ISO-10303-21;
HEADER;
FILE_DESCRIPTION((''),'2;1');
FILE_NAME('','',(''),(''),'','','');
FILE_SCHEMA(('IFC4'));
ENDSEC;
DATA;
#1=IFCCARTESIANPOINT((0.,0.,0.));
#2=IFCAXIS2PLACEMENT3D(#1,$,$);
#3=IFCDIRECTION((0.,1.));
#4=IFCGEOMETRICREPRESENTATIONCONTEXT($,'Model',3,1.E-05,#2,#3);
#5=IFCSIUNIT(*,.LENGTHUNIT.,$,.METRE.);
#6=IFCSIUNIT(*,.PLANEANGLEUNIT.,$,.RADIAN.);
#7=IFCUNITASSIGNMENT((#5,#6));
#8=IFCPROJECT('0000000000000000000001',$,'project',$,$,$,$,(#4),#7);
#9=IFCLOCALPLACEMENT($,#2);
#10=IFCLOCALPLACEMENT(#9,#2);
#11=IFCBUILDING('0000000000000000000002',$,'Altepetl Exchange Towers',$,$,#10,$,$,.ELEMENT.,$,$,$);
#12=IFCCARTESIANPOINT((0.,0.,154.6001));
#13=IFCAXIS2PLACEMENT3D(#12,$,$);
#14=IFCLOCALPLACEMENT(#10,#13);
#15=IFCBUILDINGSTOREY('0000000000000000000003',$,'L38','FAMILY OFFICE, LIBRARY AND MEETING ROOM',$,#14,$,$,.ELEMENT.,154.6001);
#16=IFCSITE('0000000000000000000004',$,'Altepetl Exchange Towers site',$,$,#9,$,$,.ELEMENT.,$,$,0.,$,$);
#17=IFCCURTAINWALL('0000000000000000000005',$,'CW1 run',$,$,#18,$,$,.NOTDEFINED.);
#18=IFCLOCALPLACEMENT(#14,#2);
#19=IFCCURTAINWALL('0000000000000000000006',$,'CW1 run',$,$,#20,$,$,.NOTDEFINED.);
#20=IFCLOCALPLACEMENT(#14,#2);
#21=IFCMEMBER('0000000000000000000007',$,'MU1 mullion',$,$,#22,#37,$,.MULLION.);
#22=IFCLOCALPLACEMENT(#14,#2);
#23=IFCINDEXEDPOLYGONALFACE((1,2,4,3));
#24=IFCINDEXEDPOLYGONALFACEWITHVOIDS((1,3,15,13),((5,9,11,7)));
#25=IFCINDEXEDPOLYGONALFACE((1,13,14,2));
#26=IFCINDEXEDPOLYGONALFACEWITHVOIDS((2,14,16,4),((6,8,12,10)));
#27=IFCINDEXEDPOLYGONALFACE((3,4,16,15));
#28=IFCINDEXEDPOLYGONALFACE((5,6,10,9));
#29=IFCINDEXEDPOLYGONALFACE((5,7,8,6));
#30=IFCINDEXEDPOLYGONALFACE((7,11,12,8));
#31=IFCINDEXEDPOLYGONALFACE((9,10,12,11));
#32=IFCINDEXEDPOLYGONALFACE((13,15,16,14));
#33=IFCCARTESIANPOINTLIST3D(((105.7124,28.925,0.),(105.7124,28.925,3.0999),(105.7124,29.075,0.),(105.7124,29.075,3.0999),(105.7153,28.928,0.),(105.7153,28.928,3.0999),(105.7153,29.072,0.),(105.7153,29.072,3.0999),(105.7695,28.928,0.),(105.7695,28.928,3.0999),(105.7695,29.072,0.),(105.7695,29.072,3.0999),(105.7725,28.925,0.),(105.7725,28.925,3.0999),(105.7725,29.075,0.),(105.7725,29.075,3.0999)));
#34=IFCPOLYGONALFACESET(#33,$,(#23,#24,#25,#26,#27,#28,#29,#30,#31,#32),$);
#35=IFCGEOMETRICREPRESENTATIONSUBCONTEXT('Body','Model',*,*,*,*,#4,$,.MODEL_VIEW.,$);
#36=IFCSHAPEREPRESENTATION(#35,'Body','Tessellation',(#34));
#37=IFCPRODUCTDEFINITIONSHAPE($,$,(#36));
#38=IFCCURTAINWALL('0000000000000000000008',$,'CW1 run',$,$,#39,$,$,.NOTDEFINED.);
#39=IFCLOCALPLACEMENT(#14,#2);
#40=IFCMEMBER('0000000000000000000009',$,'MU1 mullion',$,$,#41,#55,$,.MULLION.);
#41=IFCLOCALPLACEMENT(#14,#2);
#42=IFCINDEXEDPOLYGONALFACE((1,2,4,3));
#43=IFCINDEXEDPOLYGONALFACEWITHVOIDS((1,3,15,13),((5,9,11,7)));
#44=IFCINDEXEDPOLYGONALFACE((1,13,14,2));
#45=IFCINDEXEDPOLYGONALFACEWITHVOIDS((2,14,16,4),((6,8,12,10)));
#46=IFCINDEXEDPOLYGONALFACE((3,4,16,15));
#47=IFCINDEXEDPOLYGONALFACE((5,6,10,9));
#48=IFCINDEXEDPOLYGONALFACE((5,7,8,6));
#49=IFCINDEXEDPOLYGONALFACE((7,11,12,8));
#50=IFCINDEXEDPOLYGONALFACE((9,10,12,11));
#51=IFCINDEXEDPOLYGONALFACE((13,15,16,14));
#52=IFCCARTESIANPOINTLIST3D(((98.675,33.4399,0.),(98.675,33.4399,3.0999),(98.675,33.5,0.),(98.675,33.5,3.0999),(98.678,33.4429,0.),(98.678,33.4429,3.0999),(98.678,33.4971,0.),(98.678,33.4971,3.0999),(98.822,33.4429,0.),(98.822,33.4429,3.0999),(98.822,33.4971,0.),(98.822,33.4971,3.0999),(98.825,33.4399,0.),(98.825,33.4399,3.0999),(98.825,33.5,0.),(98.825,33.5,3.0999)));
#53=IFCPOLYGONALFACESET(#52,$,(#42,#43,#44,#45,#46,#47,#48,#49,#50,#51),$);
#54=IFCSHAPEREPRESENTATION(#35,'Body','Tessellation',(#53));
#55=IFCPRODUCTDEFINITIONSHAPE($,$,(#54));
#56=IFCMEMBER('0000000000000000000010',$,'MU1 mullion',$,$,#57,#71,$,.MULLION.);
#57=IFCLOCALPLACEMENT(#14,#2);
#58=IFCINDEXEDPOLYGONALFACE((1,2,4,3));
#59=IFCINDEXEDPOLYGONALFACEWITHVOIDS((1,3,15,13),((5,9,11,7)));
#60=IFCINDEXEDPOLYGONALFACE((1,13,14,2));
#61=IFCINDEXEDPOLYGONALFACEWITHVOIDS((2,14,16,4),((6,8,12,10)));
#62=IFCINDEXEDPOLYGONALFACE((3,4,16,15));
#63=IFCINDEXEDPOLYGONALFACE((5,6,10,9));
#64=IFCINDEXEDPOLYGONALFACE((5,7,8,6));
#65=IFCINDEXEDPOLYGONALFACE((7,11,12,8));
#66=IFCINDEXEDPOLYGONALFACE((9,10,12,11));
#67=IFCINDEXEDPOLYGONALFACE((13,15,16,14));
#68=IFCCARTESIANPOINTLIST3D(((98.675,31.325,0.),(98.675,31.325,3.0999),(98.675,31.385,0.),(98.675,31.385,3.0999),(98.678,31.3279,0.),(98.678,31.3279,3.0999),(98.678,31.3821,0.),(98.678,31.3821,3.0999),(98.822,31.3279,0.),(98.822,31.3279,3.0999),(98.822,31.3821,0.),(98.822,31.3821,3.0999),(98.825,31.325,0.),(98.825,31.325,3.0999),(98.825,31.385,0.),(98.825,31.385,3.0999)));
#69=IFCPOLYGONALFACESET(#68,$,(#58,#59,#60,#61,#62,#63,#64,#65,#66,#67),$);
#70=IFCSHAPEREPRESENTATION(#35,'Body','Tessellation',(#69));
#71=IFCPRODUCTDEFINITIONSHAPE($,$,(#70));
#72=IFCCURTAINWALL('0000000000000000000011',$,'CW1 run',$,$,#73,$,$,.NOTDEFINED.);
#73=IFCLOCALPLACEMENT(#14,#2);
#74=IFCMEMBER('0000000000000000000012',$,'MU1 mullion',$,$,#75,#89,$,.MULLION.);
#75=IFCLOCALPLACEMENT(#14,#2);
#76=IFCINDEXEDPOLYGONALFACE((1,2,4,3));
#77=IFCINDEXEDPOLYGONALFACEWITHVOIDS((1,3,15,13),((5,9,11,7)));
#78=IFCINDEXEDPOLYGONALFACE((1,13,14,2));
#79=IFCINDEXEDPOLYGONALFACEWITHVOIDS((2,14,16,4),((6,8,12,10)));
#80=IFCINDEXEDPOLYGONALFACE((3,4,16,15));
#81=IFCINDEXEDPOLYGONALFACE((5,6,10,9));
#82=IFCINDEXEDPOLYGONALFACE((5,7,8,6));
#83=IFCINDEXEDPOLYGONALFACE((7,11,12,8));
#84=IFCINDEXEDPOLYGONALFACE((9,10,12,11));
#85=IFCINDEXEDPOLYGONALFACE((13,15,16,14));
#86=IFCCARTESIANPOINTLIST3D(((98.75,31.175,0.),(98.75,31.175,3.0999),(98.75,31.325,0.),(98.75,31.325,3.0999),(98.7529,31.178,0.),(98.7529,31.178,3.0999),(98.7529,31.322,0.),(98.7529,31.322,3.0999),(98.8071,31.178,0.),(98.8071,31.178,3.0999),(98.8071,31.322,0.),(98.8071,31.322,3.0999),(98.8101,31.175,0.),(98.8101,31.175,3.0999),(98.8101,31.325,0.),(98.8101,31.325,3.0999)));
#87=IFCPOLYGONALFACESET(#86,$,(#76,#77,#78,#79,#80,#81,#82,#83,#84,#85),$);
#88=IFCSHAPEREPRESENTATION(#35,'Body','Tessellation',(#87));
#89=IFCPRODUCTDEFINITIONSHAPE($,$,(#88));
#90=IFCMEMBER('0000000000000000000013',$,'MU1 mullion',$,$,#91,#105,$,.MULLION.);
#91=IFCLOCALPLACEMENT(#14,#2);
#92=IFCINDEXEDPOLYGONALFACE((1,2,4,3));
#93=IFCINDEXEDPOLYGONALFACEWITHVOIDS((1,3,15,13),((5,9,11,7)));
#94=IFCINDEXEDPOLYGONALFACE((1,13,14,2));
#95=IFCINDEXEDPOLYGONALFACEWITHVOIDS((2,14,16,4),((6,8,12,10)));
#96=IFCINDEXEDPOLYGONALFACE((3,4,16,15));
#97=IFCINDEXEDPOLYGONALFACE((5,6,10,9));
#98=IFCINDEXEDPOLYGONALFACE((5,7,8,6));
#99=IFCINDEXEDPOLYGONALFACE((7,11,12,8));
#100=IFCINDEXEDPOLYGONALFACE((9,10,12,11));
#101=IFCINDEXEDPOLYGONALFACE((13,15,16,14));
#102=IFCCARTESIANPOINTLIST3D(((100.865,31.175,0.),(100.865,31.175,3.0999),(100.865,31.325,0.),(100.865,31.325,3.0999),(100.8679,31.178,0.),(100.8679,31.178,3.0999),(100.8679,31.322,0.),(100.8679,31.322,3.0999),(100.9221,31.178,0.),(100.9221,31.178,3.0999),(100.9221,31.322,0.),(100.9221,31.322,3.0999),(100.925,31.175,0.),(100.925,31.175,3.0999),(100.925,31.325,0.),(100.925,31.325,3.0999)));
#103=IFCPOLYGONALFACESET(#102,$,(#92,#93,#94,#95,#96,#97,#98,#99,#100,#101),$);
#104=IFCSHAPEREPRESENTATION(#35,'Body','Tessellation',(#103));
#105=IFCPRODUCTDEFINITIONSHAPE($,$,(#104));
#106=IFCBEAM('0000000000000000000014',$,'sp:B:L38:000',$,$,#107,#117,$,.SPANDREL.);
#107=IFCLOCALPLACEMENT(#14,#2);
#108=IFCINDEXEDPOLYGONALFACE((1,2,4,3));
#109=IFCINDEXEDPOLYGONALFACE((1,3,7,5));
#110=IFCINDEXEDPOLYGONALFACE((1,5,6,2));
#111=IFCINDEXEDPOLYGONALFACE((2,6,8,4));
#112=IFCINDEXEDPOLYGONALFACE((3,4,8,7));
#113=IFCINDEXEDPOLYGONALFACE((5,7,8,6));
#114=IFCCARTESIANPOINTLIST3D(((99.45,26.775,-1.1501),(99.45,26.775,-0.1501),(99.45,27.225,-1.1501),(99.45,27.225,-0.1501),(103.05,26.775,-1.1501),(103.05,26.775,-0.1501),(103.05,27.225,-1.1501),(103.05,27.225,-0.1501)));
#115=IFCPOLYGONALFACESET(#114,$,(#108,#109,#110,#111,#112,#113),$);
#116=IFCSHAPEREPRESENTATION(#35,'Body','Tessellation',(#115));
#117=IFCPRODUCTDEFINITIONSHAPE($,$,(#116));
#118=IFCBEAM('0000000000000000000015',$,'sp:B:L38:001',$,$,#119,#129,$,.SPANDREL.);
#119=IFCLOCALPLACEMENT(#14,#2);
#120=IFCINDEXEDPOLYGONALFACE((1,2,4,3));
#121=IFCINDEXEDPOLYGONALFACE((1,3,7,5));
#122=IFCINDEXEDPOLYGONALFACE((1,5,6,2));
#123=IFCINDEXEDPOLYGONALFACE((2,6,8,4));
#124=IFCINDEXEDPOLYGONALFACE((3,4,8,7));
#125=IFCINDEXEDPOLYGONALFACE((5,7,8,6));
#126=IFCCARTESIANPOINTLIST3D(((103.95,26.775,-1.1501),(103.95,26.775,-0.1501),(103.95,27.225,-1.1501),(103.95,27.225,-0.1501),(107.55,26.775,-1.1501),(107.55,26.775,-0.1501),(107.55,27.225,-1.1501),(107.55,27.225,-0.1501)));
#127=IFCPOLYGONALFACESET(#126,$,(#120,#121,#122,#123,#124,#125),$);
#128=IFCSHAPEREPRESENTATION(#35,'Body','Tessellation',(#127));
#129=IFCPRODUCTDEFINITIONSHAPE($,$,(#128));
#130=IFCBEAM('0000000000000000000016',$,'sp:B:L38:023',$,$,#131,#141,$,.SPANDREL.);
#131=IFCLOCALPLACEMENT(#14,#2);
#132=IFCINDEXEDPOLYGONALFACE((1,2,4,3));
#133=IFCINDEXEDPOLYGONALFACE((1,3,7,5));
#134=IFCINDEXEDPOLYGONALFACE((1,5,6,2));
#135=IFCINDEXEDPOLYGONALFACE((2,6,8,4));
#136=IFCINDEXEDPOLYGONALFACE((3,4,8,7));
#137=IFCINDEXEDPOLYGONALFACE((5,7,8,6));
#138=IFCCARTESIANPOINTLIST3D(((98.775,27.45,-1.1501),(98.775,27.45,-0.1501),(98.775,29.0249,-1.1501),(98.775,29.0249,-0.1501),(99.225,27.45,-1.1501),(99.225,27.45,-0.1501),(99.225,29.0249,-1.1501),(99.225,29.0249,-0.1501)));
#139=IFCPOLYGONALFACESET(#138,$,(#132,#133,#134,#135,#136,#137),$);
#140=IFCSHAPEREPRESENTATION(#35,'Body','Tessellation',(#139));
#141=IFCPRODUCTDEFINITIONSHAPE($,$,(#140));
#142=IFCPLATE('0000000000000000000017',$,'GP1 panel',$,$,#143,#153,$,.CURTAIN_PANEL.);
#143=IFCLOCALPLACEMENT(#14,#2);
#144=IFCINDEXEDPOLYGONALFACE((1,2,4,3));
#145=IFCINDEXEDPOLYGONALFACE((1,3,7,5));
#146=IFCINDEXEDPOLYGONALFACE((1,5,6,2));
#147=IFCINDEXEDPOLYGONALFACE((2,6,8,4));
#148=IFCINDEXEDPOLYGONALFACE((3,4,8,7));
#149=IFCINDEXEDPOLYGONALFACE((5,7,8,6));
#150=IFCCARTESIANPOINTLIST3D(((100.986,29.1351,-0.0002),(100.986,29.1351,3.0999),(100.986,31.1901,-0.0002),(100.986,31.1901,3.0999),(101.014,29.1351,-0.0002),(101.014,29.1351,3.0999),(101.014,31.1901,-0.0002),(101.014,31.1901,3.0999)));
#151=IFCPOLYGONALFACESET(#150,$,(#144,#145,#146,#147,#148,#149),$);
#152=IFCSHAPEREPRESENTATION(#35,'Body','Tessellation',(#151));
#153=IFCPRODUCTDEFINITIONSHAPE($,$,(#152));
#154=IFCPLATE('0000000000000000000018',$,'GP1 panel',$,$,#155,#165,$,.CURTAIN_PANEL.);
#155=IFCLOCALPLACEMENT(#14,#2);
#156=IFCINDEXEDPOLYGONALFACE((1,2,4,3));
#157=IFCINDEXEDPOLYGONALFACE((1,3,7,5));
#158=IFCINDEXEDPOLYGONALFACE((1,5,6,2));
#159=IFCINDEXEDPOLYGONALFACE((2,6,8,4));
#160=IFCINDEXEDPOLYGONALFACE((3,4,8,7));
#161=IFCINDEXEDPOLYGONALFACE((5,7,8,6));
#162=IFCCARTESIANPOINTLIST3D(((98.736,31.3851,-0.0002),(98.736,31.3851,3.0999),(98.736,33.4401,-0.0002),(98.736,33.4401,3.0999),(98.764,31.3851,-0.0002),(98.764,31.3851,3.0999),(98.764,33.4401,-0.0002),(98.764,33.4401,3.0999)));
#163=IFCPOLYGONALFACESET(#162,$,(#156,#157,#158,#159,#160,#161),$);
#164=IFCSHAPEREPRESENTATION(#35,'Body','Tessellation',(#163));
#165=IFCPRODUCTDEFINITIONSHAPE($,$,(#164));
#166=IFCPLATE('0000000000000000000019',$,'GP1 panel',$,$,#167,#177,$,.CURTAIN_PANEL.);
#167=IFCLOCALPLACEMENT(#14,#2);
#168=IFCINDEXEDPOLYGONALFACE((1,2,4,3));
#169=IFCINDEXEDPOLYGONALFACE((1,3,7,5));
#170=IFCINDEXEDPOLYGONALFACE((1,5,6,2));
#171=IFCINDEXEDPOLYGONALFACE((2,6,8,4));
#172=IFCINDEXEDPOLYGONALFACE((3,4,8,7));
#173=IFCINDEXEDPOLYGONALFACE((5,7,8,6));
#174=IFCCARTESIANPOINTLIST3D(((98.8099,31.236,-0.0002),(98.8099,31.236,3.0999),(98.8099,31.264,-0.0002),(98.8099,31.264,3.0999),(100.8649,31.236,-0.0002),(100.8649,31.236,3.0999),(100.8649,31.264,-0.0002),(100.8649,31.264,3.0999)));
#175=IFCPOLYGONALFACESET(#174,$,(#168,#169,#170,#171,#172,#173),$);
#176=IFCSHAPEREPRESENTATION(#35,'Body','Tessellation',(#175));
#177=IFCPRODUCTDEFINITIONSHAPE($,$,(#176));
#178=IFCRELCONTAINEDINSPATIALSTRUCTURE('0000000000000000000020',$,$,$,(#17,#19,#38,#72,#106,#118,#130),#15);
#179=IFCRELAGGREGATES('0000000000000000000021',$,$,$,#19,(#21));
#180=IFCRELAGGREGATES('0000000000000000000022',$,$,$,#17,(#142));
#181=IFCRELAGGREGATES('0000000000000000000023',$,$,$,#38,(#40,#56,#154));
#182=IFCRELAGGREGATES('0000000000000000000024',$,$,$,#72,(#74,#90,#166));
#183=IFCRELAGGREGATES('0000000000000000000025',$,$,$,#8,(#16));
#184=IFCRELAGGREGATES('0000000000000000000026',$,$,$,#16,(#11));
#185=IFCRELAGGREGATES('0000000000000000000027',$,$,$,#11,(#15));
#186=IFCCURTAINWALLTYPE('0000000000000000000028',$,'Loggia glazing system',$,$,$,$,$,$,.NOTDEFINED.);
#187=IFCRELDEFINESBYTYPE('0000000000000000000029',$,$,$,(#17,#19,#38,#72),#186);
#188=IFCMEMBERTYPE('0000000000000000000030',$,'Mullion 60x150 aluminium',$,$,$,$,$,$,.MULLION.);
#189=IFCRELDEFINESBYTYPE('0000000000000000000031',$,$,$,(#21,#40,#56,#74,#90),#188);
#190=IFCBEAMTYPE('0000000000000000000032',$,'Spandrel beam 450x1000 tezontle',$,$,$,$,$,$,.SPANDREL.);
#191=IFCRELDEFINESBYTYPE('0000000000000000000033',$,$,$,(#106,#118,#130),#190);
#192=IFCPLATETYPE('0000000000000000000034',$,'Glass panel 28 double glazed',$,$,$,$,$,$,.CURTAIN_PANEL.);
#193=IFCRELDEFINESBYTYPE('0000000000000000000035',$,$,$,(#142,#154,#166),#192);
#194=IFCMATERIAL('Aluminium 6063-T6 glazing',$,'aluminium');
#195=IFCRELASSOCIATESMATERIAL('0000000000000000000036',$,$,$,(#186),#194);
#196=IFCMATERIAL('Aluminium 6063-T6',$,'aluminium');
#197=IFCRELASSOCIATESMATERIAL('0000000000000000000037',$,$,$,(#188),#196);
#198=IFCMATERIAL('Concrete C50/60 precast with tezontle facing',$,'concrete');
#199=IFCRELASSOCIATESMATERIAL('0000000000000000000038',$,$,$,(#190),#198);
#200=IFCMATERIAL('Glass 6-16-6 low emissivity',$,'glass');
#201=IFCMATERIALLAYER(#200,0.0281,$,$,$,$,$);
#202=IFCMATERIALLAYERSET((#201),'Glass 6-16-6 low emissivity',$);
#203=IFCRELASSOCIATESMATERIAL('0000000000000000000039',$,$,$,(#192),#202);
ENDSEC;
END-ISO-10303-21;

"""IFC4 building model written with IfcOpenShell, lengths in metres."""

from ifc_helpers import new_model, si_unit, direction, frame, origin, origin_2d, place, context, subcontext, project, spatial, rectangle, hollow_rectangle, extrude, material, layer, layer_set, material_profile, profile_set, type_object, element, aggregate, save


model = new_model("IFC4")

# Units and contexts
model_context = context("Model", 3, precision=1e-05, world=origin(), true_north=direction((0.0, 1.0)))
body_context = subcontext(model_context, "Body", "Model", "MODEL_VIEW")
ifc_project = project(units=[si_unit("LENGTHUNIT", "METRE"), si_unit("PLANEANGLEUNIT", "RADIAN")], contexts=[model_context])

# Site, building, storey
site_placement = place(None, origin())
site = spatial("IfcSite", under=ifc_project, at=site_placement, Name="Altepetl Exchange Towers site", CompositionType="ELEMENT", RefElevation=0.0)
building_placement = place(site_placement, origin())
building = spatial("IfcBuilding", under=site, at=building_placement, Name="Altepetl Exchange Towers", CompositionType="ELEMENT")
storey_placement = place(building_placement, frame((0.0, 0.0, 154.6001)))
storey = spatial("IfcBuildingStorey", under=building, at=storey_placement, Name="L38", Description="FAMILY OFFICE, LIBRARY AND MEETING ROOM", CompositionType="ELEMENT", Elevation=154.6001)

# Curtain wall
ifc_material_1 = material(Name="Aluminium 6063-T6 glazing", Category="aluminium")
curtain_wall_type = type_object("IfcCurtainWallType", Name="Loggia glazing system", PredefinedType="NOTDEFINED", material=ifc_material_1)
curtain_wall_1_placement = place(storey_placement, origin())
curtain_wall_1 = element("IfcCurtainWall", 1, at=curtain_wall_1_placement, inside=storey, type_object=curtain_wall_type, Name="CW1 run", PredefinedType="NOTDEFINED")
ifc_material_2 = material(Name="Aluminium 6063-T6", Category="aluminium")
ifc_material_profile_1 = material_profile(ifc_material_2, hollow_rectangle(XDim=0.0601, YDim=0.1499, WallThickness=0.0029, at=origin_2d()), Name="Mullion 60x150 aluminium")
ifc_profile_set_1 = profile_set([ifc_material_profile_1], Name="Aluminium 6063-T6")
member_type = type_object("IfcMemberType", Name="Mullion 60x150 aluminium", PredefinedType="MULLION", material=ifc_profile_set_1)

# Curtain wall, member
curtain_wall_2_placement = place(storey_placement, origin())
curtain_wall_2 = element("IfcCurtainWall", 2, at=curtain_wall_2_placement, inside=storey, type_object=curtain_wall_type, Name="CW1 run", PredefinedType="NOTDEFINED")
member_1_placement = place(storey_placement, frame((105.7424, 29.0, 0.0)))
member_1 = element("IfcMember", 3, at=member_1_placement, type_object=member_type, Name="MU1 mullion", PredefinedType="MULLION", context=body_context, shape_type="SweptSolid", body=[
    extrude(hollow_rectangle(XDim=0.0601, YDim=0.1499, WallThickness=0.0029, at=origin_2d()), origin(), (0.0, 0.0, 1.0), 3.0999),
])
aggregate(curtain_wall_2, [member_1])

# Curtain walls, members
curtain_wall_3_placement = place(storey_placement, origin())
curtain_wall_3 = element("IfcCurtainWall", 4, at=curtain_wall_3_placement, inside=storey, type_object=curtain_wall_type, Name="CW1 run", PredefinedType="NOTDEFINED")
member_2_placement = place(storey_placement, frame((98.75, 33.47, 0.0), z_axis=(0.0, 0.0, 1.0), x_axis=(0.0, -1.0, 0.0)))
member_2 = element("IfcMember", 5, at=member_2_placement, type_object=member_type, Name="MU1 mullion", PredefinedType="MULLION", context=body_context, shape_type="SweptSolid", body=[
    extrude(hollow_rectangle(XDim=0.0601, YDim=0.1499, WallThickness=0.0029, at=origin_2d()), origin(), (0.0, 0.0, 1.0), 3.0999),
])
member_3_placement = place(storey_placement, frame((98.75, 31.355, 0.0), z_axis=(0.0, 0.0, 1.0), x_axis=(0.0, -1.0, 0.0)))
member_3 = element("IfcMember", 6, at=member_3_placement, type_object=member_type, Name="MU1 mullion", PredefinedType="MULLION", context=body_context, shape_type="SweptSolid", body=[
    extrude(hollow_rectangle(XDim=0.0601, YDim=0.1499, WallThickness=0.0029, at=origin_2d()), origin(), (0.0, 0.0, 1.0), 3.0999),
])
curtain_wall_4_placement = place(storey_placement, origin())
curtain_wall_4 = element("IfcCurtainWall", 7, at=curtain_wall_4_placement, inside=storey, type_object=curtain_wall_type, Name="CW1 run", PredefinedType="NOTDEFINED")
member_4_placement = place(storey_placement, frame((98.78, 31.25, 0.0)))
member_4 = element("IfcMember", 8, at=member_4_placement, type_object=member_type, Name="MU1 mullion", PredefinedType="MULLION", context=body_context, shape_type="SweptSolid", body=[
    extrude(hollow_rectangle(XDim=0.0601, YDim=0.1499, WallThickness=0.0029, at=origin_2d()), origin(), (0.0, 0.0, 1.0), 3.0999),
])
member_5_placement = place(storey_placement, frame((100.895, 31.25, 0.0)))
member_5 = element("IfcMember", 9, at=member_5_placement, type_object=member_type, Name="MU1 mullion", PredefinedType="MULLION", context=body_context, shape_type="SweptSolid", body=[
    extrude(hollow_rectangle(XDim=0.0601, YDim=0.1499, WallThickness=0.0029, at=origin_2d()), origin(), (0.0, 0.0, 1.0), 3.0999),
])

# Beams
ifc_material_3 = material(Name="Concrete C50/60 precast with tezontle facing", Category="concrete")
ifc_material_profile_2 = material_profile(ifc_material_3, rectangle(XDim=0.45, YDim=1.0, at=origin_2d()), Name="450 x 1000")
ifc_profile_set_2 = profile_set([ifc_material_profile_2], Name="Concrete C50/60 precast with tezontle facing")
beam_type_1 = type_object("IfcBeamType", Name="Spandrel beam 450x1000 tezontle", PredefinedType="SPANDREL", material=ifc_profile_set_2)
for number, where, z_axis, x_axis, name in (
    (10, (99.45, 27.0, -0.6501), (1.0, 0.0, 0.0), (0.0, 1.0, 0.0), "sp:B:L38:000"),
    (11, (103.95, 27.0, -0.6501), (1.0, 0.0, 0.0), (0.0, 1.0, 0.0), "sp:B:L38:001"),
):
    element("IfcBeam", number, at=place(storey_placement, frame(where, z_axis=z_axis, x_axis=x_axis)), inside=storey, type_object=beam_type_1, Name=name, PredefinedType="SPANDREL", context=body_context, shape_type="SweptSolid", body=[
        extrude(rectangle(XDim=0.45, YDim=1.0, at=origin_2d()), origin(), (0.0, 0.0, 1.0), 3.6001),
    ])
beam_1_placement = place(storey_placement, frame((99.0, 29.0249, -0.6501), z_axis=(0.0, -1.0, 0.0), x_axis=(1.0, 0.0, 0.0)))
element("IfcBeam", 12, at=beam_1_placement, inside=storey, type_object=beam_type_1, Name="sp:B:L38:023", PredefinedType="SPANDREL", context=body_context, shape_type="SweptSolid", body=[
    extrude(rectangle(XDim=0.45, YDim=1.0, at=origin_2d()), origin(), (0.0, 0.0, 1.0), 1.575),
])

# Plates
ifc_material_4 = material(Name="Glass 6-16-6 low emissivity", Category="glass")
ifc_layer_1 = layer(ifc_material_4, 0.0281)
ifc_layer_set_1 = layer_set([ifc_layer_1], Name="Glass 6-16-6 low emissivity")
plate_type = type_object("IfcPlateType", Name="Glass panel 28 double glazed", PredefinedType="CURTAIN_PANEL", material=ifc_layer_set_1)
plate_1_placement = place(storey_placement, frame((101.0, 30.1626, -0.0002), z_axis=(0.0, 0.0, 1.0), x_axis=(0.0, -1.0, 0.0)))
plate_1 = element("IfcPlate", 13, at=plate_1_placement, type_object=plate_type, Name="GP1 panel", PredefinedType="CURTAIN_PANEL", context=body_context, shape_type="SweptSolid", body=[
    extrude(rectangle(XDim=2.0549, YDim=0.0281, at=origin_2d()), origin(), (0.0, 0.0, 1.0), 3.1001),
])
aggregate(curtain_wall_1, [plate_1])
plate_2_placement = place(storey_placement, frame((98.75, 32.4126, -0.0002), z_axis=(0.0, 0.0, 1.0), x_axis=(0.0, -1.0, 0.0)))
plate_2 = element("IfcPlate", 14, at=plate_2_placement, type_object=plate_type, Name="GP1 panel", PredefinedType="CURTAIN_PANEL", context=body_context, shape_type="SweptSolid", body=[
    extrude(rectangle(XDim=2.0549, YDim=0.0281, at=origin_2d()), origin(), (0.0, 0.0, 1.0), 3.1001),
])
aggregate(curtain_wall_3, [member_2, member_3, plate_2])
plate_3_placement = place(storey_placement, frame((99.8374, 31.25, -0.0002)))
plate_3 = element("IfcPlate", 15, at=plate_3_placement, type_object=plate_type, Name="GP1 panel", PredefinedType="CURTAIN_PANEL", context=body_context, shape_type="SweptSolid", body=[
    extrude(rectangle(XDim=2.0549, YDim=0.0281, at=origin_2d()), origin(), (0.0, 0.0, 1.0), 3.1001),
])
aggregate(curtain_wall_4, [member_4, member_5, plate_3])

save(model, "model.ifc")
